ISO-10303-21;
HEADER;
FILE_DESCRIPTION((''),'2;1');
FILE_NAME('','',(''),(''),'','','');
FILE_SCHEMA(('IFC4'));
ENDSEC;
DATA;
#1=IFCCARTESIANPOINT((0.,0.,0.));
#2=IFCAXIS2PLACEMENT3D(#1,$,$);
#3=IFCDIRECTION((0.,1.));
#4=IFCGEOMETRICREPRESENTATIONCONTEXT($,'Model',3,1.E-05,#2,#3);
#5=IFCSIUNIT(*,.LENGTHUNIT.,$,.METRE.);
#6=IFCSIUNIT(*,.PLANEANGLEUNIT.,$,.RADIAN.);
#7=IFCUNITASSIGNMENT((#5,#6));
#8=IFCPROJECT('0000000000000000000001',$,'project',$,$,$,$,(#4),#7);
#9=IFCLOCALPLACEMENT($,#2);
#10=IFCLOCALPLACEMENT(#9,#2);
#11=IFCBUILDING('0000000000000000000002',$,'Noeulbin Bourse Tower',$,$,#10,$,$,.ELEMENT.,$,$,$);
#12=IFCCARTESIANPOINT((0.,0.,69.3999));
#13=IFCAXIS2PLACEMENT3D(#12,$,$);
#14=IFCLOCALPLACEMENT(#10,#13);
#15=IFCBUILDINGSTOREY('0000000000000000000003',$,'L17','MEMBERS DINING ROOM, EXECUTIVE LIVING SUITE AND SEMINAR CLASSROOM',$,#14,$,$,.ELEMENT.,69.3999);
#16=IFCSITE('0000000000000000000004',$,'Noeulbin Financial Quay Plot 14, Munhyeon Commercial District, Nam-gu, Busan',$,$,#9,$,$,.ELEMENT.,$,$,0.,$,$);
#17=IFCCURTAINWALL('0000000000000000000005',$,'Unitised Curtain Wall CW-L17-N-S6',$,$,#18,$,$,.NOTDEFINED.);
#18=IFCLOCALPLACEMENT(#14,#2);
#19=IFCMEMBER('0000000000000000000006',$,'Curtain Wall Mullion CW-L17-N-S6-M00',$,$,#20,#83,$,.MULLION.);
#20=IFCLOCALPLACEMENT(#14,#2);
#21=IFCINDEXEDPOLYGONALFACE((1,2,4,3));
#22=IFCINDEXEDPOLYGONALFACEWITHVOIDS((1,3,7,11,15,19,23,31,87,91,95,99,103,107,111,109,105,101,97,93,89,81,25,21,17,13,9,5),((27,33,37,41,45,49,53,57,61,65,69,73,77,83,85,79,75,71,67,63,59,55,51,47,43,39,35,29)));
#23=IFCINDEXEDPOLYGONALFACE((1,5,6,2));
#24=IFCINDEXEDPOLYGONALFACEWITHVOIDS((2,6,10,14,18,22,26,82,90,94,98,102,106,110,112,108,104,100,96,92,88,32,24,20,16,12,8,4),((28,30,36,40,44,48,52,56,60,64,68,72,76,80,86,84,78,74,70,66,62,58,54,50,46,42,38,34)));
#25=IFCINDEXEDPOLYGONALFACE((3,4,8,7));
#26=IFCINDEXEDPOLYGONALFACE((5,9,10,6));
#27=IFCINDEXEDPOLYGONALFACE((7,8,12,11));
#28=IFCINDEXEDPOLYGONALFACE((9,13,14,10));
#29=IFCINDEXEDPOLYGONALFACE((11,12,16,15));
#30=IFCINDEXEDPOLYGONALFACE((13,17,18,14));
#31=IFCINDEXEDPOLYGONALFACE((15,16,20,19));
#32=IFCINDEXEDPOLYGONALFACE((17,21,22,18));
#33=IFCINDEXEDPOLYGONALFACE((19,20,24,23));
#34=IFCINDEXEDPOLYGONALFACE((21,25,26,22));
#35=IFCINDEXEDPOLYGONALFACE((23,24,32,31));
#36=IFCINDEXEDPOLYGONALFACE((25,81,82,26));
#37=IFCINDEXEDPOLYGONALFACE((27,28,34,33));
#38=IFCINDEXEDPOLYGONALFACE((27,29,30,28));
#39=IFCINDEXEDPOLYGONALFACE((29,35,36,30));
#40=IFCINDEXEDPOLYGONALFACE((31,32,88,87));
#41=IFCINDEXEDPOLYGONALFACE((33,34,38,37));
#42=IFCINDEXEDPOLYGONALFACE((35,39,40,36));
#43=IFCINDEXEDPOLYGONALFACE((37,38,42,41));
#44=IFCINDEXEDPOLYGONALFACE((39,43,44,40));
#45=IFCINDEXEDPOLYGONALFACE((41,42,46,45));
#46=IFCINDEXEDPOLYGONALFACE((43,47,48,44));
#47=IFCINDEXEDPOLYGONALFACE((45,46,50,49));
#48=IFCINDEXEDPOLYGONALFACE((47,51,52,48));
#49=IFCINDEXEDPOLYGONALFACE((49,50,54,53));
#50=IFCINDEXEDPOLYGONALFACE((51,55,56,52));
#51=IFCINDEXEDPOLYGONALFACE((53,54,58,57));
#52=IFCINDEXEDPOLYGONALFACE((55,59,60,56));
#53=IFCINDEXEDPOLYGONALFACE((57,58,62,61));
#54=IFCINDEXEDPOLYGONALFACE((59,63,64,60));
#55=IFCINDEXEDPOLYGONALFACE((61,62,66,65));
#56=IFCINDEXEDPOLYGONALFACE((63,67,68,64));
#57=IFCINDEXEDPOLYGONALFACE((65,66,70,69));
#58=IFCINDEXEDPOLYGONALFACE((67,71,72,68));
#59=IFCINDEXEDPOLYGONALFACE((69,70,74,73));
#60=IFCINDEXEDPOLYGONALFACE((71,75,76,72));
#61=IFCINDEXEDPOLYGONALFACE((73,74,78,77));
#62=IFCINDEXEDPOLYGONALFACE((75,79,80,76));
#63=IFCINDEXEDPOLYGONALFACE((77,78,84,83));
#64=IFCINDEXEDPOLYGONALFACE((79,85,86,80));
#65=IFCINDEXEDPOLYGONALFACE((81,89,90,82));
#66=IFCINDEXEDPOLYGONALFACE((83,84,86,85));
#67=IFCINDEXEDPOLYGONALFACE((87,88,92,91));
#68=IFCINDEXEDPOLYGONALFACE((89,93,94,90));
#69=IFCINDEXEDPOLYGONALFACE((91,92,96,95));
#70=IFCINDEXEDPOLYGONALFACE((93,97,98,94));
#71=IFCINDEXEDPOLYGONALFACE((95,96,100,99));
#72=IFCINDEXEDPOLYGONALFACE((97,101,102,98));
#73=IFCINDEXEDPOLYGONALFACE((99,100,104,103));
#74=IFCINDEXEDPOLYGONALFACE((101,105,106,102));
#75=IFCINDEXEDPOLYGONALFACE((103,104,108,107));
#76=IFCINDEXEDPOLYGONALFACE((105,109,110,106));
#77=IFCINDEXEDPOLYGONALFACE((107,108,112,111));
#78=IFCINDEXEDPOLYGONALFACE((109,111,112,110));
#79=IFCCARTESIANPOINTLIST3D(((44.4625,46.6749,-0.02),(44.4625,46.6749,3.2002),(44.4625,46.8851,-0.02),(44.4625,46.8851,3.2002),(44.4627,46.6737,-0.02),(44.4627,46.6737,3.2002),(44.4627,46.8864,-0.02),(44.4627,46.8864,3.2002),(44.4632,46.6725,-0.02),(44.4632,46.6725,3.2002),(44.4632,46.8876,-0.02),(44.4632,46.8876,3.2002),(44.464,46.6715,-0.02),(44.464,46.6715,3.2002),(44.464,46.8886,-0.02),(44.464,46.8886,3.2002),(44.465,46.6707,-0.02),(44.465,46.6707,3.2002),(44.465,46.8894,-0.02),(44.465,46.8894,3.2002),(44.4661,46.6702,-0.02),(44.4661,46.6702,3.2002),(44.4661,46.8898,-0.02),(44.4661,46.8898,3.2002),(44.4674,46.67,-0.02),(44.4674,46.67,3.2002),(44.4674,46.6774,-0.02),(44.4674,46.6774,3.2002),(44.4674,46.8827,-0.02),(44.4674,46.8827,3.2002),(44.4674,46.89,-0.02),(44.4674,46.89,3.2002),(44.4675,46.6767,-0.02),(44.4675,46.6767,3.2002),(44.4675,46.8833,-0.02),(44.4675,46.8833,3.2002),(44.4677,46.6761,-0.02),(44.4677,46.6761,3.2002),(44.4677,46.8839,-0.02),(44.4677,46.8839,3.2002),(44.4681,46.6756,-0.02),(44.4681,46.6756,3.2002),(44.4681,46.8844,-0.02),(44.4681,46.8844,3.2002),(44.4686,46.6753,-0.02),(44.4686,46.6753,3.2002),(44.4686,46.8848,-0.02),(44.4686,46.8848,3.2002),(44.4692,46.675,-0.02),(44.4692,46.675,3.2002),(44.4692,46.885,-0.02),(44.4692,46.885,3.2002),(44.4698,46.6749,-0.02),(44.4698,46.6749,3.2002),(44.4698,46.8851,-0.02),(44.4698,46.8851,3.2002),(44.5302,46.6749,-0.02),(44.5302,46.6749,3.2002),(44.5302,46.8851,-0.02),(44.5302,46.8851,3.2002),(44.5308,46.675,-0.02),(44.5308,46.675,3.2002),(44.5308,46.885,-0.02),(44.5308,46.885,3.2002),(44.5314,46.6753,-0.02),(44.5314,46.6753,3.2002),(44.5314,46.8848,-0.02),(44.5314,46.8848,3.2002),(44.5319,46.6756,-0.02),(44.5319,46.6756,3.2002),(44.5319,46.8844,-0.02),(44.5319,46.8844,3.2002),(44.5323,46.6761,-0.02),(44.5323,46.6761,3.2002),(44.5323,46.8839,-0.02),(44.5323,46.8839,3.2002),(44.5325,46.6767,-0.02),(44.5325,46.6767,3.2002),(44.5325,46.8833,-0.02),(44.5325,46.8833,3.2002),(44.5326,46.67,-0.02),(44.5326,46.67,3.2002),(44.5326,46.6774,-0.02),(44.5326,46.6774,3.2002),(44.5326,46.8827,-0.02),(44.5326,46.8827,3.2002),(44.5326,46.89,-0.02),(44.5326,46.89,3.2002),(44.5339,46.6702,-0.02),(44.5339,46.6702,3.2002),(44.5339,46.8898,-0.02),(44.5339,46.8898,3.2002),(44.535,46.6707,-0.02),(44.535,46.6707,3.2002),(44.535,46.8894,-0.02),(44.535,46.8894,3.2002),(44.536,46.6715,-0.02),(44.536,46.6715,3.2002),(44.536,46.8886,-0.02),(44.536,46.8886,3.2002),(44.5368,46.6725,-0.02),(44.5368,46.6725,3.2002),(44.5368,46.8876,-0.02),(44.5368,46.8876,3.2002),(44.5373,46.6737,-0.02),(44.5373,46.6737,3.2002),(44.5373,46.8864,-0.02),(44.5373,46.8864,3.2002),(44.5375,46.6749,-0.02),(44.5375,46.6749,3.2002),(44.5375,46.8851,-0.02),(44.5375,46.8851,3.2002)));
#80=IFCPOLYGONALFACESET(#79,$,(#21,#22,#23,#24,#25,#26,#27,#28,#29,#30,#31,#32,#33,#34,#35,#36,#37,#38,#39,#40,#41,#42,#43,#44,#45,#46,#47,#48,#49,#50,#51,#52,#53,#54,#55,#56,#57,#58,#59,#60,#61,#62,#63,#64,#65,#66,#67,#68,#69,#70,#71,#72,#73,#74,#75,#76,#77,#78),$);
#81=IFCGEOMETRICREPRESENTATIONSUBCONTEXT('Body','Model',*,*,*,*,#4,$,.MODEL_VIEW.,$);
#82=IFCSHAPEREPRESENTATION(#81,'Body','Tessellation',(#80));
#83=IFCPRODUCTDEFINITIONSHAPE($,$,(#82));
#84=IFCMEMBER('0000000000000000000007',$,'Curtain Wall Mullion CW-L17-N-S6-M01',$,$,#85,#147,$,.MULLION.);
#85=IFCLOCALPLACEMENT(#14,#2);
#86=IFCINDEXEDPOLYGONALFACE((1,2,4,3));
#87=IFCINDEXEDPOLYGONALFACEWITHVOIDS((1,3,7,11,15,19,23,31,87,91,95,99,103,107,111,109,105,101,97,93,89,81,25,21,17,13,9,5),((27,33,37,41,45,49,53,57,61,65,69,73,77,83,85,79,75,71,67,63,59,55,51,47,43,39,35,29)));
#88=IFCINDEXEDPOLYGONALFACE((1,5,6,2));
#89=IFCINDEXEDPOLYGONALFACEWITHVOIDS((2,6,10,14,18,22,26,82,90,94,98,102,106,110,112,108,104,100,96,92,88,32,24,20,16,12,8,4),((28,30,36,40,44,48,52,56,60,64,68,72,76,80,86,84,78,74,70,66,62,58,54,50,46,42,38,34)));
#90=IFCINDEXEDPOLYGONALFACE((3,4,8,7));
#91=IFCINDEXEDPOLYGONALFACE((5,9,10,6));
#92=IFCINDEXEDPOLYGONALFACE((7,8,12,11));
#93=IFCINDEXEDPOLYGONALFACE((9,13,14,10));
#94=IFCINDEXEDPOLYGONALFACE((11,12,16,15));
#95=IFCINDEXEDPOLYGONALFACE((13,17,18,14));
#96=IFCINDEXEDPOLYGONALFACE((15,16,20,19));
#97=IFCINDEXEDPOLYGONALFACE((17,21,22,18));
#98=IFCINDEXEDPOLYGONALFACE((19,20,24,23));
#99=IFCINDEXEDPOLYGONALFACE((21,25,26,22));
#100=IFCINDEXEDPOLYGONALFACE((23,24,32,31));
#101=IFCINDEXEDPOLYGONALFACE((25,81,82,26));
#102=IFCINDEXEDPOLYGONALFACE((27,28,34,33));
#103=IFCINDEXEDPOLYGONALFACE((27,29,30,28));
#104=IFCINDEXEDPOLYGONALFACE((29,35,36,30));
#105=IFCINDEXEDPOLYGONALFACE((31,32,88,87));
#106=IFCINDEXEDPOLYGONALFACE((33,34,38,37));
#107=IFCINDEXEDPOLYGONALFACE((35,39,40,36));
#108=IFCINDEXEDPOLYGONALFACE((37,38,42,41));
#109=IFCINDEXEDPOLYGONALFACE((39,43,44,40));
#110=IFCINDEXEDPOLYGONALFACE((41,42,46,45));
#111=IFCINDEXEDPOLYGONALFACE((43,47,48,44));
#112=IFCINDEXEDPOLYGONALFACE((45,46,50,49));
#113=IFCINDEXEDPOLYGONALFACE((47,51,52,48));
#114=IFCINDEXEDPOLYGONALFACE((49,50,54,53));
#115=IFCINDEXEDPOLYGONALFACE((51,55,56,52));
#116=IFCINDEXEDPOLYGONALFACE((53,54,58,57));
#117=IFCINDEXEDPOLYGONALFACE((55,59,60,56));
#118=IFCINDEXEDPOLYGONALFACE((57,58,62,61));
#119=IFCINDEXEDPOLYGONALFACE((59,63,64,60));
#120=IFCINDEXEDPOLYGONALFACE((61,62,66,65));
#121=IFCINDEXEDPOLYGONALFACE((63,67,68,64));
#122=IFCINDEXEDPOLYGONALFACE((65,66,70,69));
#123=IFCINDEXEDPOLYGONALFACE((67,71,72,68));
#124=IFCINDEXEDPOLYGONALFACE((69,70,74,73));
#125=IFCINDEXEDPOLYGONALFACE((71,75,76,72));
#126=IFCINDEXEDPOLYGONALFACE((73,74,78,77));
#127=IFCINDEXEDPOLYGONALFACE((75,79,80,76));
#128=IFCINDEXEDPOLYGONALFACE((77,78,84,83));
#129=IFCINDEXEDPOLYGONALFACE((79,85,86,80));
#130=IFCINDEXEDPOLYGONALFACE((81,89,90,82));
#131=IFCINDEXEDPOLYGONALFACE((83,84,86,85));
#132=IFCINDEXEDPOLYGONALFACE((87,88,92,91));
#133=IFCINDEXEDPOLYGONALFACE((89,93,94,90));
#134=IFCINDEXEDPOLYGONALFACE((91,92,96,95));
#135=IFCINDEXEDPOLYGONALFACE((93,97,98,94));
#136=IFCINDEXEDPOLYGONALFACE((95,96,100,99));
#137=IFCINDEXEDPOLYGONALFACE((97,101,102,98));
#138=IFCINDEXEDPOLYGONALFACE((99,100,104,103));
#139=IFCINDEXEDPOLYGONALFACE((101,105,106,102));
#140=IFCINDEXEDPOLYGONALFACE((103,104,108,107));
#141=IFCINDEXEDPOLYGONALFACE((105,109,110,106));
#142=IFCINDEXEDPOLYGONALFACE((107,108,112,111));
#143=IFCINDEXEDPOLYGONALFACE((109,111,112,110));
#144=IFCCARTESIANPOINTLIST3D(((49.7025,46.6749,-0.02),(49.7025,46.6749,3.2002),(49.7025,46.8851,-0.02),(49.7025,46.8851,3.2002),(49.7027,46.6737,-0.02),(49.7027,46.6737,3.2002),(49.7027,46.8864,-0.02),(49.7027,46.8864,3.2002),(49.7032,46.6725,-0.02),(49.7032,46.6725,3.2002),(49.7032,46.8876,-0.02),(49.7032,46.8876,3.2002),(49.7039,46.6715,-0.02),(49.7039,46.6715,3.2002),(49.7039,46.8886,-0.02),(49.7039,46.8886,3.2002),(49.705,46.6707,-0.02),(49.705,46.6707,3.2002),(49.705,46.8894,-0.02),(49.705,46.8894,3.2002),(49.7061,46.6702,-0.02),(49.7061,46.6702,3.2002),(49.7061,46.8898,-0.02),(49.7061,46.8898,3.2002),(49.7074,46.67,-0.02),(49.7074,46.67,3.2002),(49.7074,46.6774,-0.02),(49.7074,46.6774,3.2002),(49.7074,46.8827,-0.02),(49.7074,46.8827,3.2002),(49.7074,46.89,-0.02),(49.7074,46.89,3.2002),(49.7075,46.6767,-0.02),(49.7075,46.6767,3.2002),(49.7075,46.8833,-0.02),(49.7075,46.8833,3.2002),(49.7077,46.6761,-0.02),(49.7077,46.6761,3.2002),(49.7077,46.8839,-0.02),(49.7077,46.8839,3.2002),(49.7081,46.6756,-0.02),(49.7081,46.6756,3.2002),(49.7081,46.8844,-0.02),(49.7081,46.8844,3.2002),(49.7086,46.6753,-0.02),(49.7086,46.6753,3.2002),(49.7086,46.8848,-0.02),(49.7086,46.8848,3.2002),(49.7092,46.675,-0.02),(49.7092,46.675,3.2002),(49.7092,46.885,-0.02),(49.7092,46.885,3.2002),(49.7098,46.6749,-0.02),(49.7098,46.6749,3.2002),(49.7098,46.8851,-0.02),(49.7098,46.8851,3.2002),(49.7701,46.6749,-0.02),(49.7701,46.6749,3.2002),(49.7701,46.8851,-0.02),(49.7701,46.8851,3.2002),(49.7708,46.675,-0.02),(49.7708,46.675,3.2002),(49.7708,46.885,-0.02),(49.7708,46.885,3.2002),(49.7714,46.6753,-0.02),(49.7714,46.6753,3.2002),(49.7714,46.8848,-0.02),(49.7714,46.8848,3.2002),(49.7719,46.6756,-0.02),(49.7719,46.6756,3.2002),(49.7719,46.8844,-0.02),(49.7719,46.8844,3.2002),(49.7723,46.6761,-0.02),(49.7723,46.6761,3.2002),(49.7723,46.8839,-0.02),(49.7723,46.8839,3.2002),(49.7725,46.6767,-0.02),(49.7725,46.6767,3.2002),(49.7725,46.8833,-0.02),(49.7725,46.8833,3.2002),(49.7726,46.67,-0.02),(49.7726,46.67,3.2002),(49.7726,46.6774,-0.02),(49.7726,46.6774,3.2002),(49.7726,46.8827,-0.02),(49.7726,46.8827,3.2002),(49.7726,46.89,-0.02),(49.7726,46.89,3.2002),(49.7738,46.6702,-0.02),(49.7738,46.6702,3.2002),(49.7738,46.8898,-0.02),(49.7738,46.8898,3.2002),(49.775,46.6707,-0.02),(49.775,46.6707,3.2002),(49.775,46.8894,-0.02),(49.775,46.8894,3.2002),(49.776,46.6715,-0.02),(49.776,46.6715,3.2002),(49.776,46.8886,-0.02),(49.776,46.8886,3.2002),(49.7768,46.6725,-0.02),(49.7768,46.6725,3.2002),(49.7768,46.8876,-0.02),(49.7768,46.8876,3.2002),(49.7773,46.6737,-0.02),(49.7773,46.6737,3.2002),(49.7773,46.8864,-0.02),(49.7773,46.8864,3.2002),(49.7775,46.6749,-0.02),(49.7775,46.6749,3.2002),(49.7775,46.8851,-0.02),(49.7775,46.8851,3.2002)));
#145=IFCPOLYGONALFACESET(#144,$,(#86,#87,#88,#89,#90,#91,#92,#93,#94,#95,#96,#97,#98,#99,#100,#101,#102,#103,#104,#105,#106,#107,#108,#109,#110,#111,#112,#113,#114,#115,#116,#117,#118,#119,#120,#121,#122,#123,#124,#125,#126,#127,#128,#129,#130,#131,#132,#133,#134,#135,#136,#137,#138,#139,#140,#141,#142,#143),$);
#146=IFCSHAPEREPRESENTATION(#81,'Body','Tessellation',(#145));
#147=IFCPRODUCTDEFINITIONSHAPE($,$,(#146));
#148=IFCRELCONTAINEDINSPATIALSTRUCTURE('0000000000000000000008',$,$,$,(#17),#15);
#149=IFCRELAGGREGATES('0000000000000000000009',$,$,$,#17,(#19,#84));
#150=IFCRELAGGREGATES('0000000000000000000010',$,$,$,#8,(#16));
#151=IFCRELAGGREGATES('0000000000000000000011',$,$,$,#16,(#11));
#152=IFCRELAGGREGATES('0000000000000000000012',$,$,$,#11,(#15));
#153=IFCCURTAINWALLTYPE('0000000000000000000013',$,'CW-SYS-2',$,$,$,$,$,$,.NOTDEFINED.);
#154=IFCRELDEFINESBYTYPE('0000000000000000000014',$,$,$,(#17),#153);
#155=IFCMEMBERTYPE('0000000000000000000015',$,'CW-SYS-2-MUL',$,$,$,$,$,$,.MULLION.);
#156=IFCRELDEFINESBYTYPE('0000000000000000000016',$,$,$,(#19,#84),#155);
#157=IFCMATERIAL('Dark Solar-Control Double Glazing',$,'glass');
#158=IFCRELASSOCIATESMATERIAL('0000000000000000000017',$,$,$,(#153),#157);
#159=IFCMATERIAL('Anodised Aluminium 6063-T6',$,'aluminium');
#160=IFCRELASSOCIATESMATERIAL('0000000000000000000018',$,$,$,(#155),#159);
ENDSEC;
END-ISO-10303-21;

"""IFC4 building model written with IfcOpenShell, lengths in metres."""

from ifc_helpers import new_model, si_unit, direction, frame, origin, origin_2d, place, context, subcontext, project, spatial, hollow_rectangle, extrude, material, material_profile, profile_set, type_object, element, aggregate, save


model = new_model("IFC4")

# Units and contexts
model_context = context("Model", 3, precision=1e-05, world=origin(), true_north=direction((0.0, 1.0)))
body_context = subcontext(model_context, "Body", "Model", "MODEL_VIEW")
ifc_project = project(units=[si_unit("LENGTHUNIT", "METRE"), si_unit("PLANEANGLEUNIT", "RADIAN")], contexts=[model_context])

# Site, building, storey
site_placement = place(None, origin())
site = spatial("IfcSite", under=ifc_project, at=site_placement, Name="Noeulbin Financial Quay Plot 14, Munhyeon Commercial District, Nam-gu, Busan", CompositionType="ELEMENT", RefElevation=0.0)
building_placement = place(site_placement, origin())
building = spatial("IfcBuilding", under=site, at=building_placement, Name="Noeulbin Bourse Tower", CompositionType="ELEMENT")
storey_placement = place(building_placement, frame((0.0, 0.0, 69.3999)))
storey = spatial("IfcBuildingStorey", under=building, at=storey_placement, Name="L17", Description="MEMBERS DINING ROOM, EXECUTIVE LIVING SUITE AND SEMINAR CLASSROOM", CompositionType="ELEMENT", Elevation=69.3999)

# Shared definitions
ifc_material_1 = material(Name="Dark Solar-Control Double Glazing", Category="glass")
curtain_wall_type = type_object("IfcCurtainWallType", Name="CW-SYS-2", PredefinedType="NOTDEFINED", material=ifc_material_1)
ifc_material_2 = material(Name="Anodised Aluminium 6063-T6", Category="aluminium")
ifc_material_profile_1 = material_profile(ifc_material_2, hollow_rectangle(XDim=0.075, YDim=0.22, WallThickness=0.0049, InnerFilletRadius=0.0024, OuterFilletRadius=0.0049, at=origin_2d()), Name="ALU-MULL-75x220x5", Category="LoadBearing")
ifc_profile_set_1 = profile_set([ifc_material_profile_1], Name="Anodised Aluminium 6063-T6")
member_type_1 = type_object("IfcMemberType", Name="CW-SYS-2-MUL", PredefinedType="MULLION", material=ifc_profile_set_1)

# Curtain wall, members
curtain_wall_1_placement = place(storey_placement, origin())
curtain_wall_1 = element("IfcCurtainWall", 1, at=curtain_wall_1_placement, inside=storey, type_object=curtain_wall_type, Name="Unitised Curtain Wall CW-L17-N-S6", PredefinedType="NOTDEFINED")
member_1_placement = place(storey_placement, frame((44.5, 46.78, -0.02), z_axis=(0.0, 0.0, 1.0), x_axis=(1.0, 0.0, 0.0)))
member_1 = element("IfcMember", 2, at=member_1_placement, type_object=member_type_1, Name="Curtain Wall Mullion CW-L17-N-S6-M00", PredefinedType="MULLION", context=body_context, shape_type="SweptSolid", body=[
    extrude(hollow_rectangle(XDim=0.075, YDim=0.22, WallThickness=0.0049, InnerFilletRadius=0.0024, OuterFilletRadius=0.0049, at=origin_2d()), origin(), (0.0, 0.0, 1.0), 3.2202),
])
member_2_placement = place(storey_placement, frame((49.74, 46.78, -0.02), z_axis=(0.0, 0.0, 1.0), x_axis=(1.0, 0.0, 0.0)))
member_2 = element("IfcMember", 3, at=member_2_placement, type_object=member_type_1, Name="Curtain Wall Mullion CW-L17-N-S6-M01", PredefinedType="MULLION", context=body_context, shape_type="SweptSolid", body=[
    extrude(hollow_rectangle(XDim=0.075, YDim=0.22, WallThickness=0.0049, InnerFilletRadius=0.0024, OuterFilletRadius=0.0049, at=origin_2d()), origin(), (0.0, 0.0, 1.0), 3.2202),
])

aggregate(curtain_wall_1, [member_1, member_2])

save(model, "model.ifc")
